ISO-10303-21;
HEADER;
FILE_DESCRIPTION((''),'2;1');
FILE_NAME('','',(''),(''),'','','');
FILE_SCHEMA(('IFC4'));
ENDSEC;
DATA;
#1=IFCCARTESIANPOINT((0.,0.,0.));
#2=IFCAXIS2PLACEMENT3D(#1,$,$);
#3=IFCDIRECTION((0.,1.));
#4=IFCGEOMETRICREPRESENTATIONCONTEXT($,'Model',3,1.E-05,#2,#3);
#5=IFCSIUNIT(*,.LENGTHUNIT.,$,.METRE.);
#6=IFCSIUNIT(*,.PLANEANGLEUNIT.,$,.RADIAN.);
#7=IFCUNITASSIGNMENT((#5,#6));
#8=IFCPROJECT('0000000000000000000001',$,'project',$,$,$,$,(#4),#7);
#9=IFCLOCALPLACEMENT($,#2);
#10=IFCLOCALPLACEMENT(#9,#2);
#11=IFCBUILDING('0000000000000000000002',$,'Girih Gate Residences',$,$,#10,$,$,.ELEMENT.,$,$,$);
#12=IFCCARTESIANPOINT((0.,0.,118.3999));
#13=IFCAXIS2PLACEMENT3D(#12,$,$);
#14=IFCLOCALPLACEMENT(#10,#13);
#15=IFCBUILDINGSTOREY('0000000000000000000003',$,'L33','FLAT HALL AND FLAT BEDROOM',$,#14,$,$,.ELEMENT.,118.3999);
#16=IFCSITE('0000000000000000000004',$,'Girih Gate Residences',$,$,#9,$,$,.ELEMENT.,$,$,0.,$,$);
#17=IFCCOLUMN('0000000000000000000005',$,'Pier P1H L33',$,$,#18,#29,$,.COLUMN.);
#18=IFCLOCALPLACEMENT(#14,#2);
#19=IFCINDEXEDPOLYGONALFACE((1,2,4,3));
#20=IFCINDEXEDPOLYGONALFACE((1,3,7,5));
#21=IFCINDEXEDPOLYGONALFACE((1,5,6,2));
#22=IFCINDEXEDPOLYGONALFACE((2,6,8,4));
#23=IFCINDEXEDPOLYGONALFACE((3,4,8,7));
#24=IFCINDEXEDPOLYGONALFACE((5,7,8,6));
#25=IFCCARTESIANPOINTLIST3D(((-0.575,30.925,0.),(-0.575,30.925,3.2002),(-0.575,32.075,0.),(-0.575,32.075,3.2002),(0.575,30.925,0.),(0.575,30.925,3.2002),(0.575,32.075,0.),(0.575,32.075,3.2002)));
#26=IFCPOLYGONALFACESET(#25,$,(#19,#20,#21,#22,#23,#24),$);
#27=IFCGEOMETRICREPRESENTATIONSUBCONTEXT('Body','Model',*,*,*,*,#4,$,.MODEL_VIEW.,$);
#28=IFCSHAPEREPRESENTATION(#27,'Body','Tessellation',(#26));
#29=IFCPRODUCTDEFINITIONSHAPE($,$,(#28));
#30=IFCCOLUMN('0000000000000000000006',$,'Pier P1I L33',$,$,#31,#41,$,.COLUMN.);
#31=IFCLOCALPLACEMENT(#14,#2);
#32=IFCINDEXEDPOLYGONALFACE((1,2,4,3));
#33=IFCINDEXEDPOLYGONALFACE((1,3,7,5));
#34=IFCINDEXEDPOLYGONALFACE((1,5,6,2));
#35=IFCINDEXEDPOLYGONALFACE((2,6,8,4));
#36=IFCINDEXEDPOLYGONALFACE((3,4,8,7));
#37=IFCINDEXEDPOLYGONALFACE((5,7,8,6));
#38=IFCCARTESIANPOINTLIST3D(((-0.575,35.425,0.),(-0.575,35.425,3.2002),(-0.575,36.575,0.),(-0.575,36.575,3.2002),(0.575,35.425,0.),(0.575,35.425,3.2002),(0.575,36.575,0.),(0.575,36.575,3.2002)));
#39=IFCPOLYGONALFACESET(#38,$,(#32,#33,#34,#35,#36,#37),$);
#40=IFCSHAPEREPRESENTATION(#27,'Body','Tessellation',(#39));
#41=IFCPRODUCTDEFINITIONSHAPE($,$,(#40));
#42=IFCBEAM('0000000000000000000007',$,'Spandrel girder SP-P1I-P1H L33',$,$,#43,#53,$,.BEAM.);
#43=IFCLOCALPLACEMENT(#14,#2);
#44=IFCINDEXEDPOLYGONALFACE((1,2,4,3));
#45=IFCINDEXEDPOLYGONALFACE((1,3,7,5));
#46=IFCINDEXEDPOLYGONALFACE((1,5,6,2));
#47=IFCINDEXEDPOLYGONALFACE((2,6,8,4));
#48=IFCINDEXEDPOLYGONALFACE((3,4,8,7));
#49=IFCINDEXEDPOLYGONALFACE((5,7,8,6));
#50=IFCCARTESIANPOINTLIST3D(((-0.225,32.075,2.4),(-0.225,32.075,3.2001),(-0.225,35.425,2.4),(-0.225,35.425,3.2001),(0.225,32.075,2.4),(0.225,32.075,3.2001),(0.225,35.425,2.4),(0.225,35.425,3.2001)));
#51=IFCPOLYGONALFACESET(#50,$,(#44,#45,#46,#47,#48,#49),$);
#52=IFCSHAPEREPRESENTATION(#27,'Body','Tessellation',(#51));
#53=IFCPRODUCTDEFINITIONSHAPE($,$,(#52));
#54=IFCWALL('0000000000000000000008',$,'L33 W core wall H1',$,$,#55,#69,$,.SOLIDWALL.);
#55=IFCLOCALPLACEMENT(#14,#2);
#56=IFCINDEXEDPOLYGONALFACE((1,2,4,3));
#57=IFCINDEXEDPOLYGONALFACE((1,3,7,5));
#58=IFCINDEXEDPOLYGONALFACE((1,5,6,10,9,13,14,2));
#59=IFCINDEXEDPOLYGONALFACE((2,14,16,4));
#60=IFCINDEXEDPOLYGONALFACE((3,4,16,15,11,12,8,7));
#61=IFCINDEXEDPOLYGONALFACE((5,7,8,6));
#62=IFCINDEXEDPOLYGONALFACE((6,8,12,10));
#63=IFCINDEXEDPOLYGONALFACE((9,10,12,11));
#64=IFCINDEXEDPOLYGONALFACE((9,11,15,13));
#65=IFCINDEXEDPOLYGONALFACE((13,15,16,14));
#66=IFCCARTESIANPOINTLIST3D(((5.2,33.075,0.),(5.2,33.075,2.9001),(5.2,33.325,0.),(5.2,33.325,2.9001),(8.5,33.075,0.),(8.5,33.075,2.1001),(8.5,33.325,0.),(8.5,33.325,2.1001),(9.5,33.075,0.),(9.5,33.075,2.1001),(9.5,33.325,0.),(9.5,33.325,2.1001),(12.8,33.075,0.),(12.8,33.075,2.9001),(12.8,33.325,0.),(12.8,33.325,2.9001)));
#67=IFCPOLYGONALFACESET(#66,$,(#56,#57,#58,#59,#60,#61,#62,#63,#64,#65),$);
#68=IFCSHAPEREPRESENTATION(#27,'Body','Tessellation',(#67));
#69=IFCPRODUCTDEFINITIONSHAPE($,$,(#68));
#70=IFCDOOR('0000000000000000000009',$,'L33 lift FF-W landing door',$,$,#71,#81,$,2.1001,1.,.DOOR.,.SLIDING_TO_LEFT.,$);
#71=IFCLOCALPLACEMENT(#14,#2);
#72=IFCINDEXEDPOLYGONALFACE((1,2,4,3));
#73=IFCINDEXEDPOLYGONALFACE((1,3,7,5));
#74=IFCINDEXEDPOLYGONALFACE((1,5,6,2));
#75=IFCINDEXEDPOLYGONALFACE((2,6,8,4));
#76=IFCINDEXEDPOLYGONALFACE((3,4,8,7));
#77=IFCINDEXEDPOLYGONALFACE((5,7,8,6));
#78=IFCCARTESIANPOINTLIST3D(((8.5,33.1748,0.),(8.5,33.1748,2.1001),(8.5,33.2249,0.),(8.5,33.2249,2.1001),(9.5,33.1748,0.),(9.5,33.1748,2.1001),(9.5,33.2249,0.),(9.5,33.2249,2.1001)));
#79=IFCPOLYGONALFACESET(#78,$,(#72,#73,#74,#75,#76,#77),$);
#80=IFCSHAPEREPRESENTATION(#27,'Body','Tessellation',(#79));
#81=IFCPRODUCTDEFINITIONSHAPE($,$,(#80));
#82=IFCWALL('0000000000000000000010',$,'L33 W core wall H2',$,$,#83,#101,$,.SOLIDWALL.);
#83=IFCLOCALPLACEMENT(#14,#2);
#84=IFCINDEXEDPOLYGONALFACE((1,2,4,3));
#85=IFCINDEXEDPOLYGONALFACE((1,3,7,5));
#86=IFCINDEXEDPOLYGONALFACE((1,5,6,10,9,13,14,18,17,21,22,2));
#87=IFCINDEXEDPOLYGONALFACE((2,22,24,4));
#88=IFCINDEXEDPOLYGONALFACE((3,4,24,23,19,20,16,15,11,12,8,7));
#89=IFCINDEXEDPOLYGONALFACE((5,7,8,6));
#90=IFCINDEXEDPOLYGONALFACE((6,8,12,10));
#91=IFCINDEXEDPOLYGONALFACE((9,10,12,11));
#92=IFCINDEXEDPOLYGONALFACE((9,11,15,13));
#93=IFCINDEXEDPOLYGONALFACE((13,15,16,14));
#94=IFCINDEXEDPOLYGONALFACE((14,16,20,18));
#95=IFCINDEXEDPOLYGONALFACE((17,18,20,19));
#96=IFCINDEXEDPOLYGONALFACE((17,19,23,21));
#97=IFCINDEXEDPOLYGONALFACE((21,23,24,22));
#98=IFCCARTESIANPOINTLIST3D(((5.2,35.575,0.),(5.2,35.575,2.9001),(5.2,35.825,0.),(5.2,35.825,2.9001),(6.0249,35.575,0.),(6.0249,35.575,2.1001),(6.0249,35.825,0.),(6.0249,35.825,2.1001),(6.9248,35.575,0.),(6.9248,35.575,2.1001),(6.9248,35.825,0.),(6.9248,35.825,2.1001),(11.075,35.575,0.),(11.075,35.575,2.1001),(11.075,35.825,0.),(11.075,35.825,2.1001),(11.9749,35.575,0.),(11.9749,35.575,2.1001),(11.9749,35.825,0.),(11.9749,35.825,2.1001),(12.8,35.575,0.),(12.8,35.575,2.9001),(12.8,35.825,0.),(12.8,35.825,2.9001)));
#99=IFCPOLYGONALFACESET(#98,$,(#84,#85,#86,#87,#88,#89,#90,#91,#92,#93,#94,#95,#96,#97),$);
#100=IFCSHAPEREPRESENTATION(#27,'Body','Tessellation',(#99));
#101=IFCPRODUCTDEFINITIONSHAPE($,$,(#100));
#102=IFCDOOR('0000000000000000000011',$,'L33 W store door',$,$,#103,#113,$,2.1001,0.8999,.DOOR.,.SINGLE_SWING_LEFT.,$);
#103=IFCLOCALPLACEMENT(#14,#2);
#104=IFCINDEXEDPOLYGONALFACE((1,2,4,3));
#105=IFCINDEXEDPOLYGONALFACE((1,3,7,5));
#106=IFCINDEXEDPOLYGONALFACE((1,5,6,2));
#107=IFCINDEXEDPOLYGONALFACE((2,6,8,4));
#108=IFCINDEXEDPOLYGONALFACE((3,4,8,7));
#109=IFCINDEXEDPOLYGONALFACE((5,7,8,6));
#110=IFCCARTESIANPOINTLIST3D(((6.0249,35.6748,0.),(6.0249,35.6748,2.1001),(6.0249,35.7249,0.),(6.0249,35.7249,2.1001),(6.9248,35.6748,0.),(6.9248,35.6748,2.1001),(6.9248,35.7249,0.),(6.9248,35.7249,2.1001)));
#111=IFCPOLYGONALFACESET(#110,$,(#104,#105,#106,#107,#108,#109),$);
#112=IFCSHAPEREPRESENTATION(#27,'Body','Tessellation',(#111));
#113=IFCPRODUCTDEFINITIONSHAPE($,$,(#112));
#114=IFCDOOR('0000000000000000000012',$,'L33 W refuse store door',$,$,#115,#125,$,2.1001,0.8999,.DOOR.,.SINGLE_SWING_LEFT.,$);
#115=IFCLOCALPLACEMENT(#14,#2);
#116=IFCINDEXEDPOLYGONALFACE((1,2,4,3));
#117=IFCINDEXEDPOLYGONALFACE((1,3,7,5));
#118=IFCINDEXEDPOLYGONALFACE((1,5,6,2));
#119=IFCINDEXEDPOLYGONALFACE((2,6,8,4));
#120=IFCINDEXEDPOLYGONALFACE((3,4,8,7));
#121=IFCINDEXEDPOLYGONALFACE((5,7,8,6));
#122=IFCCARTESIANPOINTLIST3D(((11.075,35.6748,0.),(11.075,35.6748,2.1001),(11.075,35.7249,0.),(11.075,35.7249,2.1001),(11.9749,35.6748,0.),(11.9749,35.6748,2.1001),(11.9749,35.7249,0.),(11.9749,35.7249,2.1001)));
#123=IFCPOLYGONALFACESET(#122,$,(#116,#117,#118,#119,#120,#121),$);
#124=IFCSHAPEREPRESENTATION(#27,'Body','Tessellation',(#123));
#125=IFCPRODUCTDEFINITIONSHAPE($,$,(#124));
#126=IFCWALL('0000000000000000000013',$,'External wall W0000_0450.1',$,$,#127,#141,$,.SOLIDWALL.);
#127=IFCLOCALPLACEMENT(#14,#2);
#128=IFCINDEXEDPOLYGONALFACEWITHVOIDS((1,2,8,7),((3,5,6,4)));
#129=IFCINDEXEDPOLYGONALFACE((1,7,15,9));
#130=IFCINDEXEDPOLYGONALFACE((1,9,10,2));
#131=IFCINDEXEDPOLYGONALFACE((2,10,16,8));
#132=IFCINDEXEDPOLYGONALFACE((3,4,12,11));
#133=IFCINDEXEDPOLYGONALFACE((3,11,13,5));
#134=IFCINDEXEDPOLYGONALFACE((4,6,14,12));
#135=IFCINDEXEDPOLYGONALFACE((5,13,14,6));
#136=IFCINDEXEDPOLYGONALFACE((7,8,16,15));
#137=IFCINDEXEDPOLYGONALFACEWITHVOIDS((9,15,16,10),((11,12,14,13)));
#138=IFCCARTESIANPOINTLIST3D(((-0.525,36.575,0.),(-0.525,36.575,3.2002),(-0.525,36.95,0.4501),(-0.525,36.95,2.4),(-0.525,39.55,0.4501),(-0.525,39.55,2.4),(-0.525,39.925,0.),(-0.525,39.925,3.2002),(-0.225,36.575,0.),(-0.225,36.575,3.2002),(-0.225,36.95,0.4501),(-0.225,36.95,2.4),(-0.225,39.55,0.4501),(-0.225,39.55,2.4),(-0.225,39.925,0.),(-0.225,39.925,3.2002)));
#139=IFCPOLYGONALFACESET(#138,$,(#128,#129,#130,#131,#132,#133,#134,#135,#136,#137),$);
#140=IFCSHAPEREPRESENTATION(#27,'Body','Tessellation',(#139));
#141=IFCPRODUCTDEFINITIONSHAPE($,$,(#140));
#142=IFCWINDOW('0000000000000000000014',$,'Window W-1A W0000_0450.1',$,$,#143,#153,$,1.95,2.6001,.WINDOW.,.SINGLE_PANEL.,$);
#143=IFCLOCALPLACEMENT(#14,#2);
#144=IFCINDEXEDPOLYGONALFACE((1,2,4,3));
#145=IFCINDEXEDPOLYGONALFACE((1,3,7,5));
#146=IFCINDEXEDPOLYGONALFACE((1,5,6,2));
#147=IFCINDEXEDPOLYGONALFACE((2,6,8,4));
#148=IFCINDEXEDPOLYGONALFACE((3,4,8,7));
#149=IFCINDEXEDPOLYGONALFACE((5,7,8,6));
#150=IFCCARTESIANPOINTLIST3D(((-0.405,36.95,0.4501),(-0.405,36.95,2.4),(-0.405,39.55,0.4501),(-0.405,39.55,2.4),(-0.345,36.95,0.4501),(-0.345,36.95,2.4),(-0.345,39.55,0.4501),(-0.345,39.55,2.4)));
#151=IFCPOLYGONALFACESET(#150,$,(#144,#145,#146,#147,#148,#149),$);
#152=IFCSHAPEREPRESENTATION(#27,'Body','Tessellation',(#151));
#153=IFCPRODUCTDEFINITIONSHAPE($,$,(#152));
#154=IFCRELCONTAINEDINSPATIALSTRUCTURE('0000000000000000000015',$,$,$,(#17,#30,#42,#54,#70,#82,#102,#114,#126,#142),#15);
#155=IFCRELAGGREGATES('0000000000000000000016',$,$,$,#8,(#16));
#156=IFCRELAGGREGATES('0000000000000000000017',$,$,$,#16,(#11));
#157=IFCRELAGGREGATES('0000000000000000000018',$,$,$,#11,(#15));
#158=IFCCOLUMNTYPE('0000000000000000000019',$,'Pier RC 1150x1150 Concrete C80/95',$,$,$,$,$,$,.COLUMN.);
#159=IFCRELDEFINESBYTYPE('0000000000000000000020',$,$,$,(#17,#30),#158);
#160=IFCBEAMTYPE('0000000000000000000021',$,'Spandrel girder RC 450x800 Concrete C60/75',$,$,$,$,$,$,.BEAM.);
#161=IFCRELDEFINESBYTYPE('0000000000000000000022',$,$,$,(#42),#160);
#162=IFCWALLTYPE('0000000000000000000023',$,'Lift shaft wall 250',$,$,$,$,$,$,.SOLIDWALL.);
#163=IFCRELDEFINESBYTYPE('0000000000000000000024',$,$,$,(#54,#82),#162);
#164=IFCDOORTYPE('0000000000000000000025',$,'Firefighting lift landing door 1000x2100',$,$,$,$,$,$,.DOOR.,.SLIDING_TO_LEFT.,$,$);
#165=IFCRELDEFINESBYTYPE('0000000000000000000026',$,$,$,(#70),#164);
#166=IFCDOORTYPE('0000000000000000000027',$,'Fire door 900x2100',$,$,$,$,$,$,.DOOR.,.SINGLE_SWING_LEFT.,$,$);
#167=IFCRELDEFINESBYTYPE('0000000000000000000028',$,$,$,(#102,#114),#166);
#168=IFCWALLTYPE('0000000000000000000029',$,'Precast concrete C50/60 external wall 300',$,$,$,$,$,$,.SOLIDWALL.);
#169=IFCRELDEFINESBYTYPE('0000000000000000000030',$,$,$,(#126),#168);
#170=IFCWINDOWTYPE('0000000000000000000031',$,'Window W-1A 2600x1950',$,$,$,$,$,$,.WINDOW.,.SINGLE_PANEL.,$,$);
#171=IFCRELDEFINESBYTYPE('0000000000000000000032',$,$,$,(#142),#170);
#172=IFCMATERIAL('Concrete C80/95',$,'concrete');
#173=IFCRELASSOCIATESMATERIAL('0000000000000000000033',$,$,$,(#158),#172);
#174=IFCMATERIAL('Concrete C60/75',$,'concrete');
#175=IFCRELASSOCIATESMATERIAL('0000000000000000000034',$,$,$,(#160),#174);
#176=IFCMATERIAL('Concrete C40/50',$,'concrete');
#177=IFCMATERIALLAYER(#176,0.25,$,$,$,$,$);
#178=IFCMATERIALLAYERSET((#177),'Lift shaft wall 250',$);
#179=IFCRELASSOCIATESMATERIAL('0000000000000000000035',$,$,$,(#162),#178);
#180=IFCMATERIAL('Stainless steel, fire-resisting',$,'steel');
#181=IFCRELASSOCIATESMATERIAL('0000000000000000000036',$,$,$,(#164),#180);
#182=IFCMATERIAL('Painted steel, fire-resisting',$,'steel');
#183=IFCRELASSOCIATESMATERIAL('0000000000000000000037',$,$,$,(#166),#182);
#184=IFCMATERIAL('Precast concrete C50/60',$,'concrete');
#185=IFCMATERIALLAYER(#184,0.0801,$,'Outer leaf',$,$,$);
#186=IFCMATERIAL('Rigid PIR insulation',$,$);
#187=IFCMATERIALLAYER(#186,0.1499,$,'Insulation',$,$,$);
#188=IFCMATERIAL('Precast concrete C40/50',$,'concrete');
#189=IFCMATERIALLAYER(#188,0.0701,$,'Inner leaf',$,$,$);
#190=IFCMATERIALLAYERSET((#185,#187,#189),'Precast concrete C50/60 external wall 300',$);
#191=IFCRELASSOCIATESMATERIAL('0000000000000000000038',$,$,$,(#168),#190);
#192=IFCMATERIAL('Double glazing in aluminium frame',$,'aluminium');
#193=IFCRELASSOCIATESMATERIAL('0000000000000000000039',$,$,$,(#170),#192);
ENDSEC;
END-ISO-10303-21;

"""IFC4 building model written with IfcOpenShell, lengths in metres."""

from ifc_helpers import new_model, si_unit, direction, frame, frame_2d, origin, origin_2d, place, context, subcontext, project, spatial, rectangle, extrude, material, layer, layer_set, material_profile, profile_set, type_object, element, fill, save


model = new_model("IFC4")

# Units and contexts
model_context = context("Model", 3, precision=1e-05, world=origin(), true_north=direction((0.0, 1.0)))
body_context = subcontext(model_context, "Body", "Model", "MODEL_VIEW")
ifc_project = project(units=[si_unit("LENGTHUNIT", "METRE"), si_unit("PLANEANGLEUNIT", "RADIAN")], contexts=[model_context])

# Site, building, storey
site_placement = place(None, origin())
site = spatial("IfcSite", under=ifc_project, at=site_placement, Name="Girih Gate Residences", CompositionType="ELEMENT", RefElevation=0.0)
building_placement = place(site_placement, origin())
building = spatial("IfcBuilding", under=site, at=building_placement, Name="Girih Gate Residences", CompositionType="ELEMENT")
storey_placement = place(building_placement, frame((0.0, 0.0, 118.3999)))
storey = spatial("IfcBuildingStorey", under=building, at=storey_placement, Name="L33", Description="FLAT HALL AND FLAT BEDROOM", CompositionType="ELEMENT", Elevation=118.3999)

# Columns
ifc_material_1 = material(Name="Concrete C80/95", Category="concrete")
ifc_material_profile_1 = material_profile(ifc_material_1, rectangle(XDim=1.1499, YDim=1.1499, at=origin_2d()))
ifc_profile_set_1 = profile_set([ifc_material_profile_1], Name="Concrete C80/95")
column_type = type_object("IfcColumnType", Name="Pier RC 1150x1150 Concrete C80/95", PredefinedType="COLUMN", material=ifc_profile_set_1)
for number, where, z_axis, x_axis, name in (
    (1, (0.0, 31.5, 0.0), (0.0, 0.0, 1.0), (1.0, 0.0, 0.0), "Pier P1H L33"),
    (2, (0.0, 36.0, 0.0), (0.0, 0.0, 1.0), (1.0, 0.0, 0.0), "Pier P1I L33"),
):
    element("IfcColumn", number, at=place(storey_placement, frame(where, z_axis=z_axis, x_axis=x_axis)), inside=storey, type_object=column_type, Name=name, PredefinedType="COLUMN", context=body_context, shape_type="SweptSolid", body=[
        extrude(rectangle(XDim=1.1499, YDim=1.1499, at=origin_2d()), origin(), (0.0, 0.0, 1.0), 3.2002),
    ])

# Beam
ifc_material_2 = material(Name="Concrete C60/75", Category="concrete")
ifc_material_profile_2 = material_profile(ifc_material_2, rectangle(XDim=0.45, YDim=0.8, at=origin_2d()))
ifc_profile_set_2 = profile_set([ifc_material_profile_2], Name="Concrete C60/75")
beam_type = type_object("IfcBeamType", Name="Spandrel girder RC 450x800 Concrete C60/75", PredefinedType="BEAM", material=ifc_profile_set_2)
beam_placement = place(storey_placement, frame((0.0, 35.425, 2.8), z_axis=(0.0, -1.0, 0.0), x_axis=(1.0, 0.0, 0.0)))
element("IfcBeam", 3, at=beam_placement, inside=storey, type_object=beam_type, Name="Spandrel girder SP-P1I-P1H L33", PredefinedType="BEAM", context=body_context, shape_type="SweptSolid", body=[
    extrude(rectangle(XDim=0.45, YDim=0.8, at=origin_2d()), origin(), (0.0, 0.0, 1.0), 3.3501),
])

# Wall, opening, door
ifc_material_3 = material(Name="Concrete C40/50", Category="concrete")
ifc_layer_1 = layer(ifc_material_3, 0.25)
ifc_layer_set_1 = layer_set([ifc_layer_1], Name="Lift shaft wall 250")
wall_type_1 = type_object("IfcWallType", Name="Lift shaft wall 250", PredefinedType="SOLIDWALL", material=ifc_layer_set_1)
wall_1_placement = place(storey_placement, frame((5.2, 33.2, 0.0), z_axis=(0.0, 0.0, 1.0), x_axis=(1.0, 0.0, 0.0)))
wall_1 = element("IfcWall", 4, at=wall_1_placement, inside=storey, type_object=wall_type_1, Name="L33 W core wall H1", PredefinedType="SOLIDWALL", context=body_context, shape_type="SweptSolid", body=[
    extrude(rectangle(XDim=7.6001, YDim=0.25, at=frame_2d((3.8, 0.0))), origin(), (0.0, 0.0, 1.0), 2.9001),
])
opening_1_placement = place(wall_1_placement, frame((3.3, 0.0, 0.0)))
opening_1 = element("IfcOpeningElement", 5, at=opening_1_placement, cuts=wall_1, PredefinedType="OPENING", context=body_context, shape_type="SweptSolid", body=[
    extrude(rectangle(XDim=1.0, YDim=2.1001, at=frame_2d((0.5, 1.05))), frame((0.0, 0.135, 0.0), z_axis=(0.0, -1.0, 0.0), x_axis=(1.0, 0.0, 0.0)), (0.0, 0.0, 1.0), 0.27),
])
ifc_material_4 = material(Name="Stainless steel, fire-resisting", Category="steel")
door_type_1 = type_object("IfcDoorType", Name="Firefighting lift landing door 1000x2100", OperationType="SLIDING_TO_LEFT", PredefinedType="DOOR", material=ifc_material_4)
door_1_placement = place(opening_1_placement, origin())
door_1 = element("IfcDoor", 6, at=door_1_placement, inside=storey, type_object=door_type_1, Name="L33 lift FF-W landing door", OperationType="SLIDING_TO_LEFT", OverallHeight=2.1001, OverallWidth=1.0, PredefinedType="DOOR", context=body_context, shape_type="SweptSolid", body=[
    extrude(rectangle(XDim=1.0, YDim=2.1001, at=frame_2d((0.5, 1.05))), frame((0.0, 0.0249, 0.0), z_axis=(0.0, -1.0, 0.0), x_axis=(1.0, 0.0, 0.0)), (0.0, 0.0, 1.0), 0.05),
])
fill(opening_1, door_1)

# Wall, openings, doors
wall_2_placement = place(storey_placement, frame((5.2, 35.7, 0.0), z_axis=(0.0, 0.0, 1.0), x_axis=(1.0, 0.0, 0.0)))
wall_2 = element("IfcWall", 7, at=wall_2_placement, inside=storey, type_object=wall_type_1, Name="L33 W core wall H2", PredefinedType="SOLIDWALL", context=body_context, shape_type="SweptSolid", body=[
    extrude(rectangle(XDim=7.6001, YDim=0.25, at=frame_2d((3.8, 0.0))), origin(), (0.0, 0.0, 1.0), 2.9001),
])
opening_2_placement = place(wall_2_placement, frame((0.825, 0.0, 0.0)))
opening_2 = element("IfcOpeningElement", 8, at=opening_2_placement, cuts=wall_2, PredefinedType="OPENING", context=body_context, shape_type="SweptSolid", body=[
    extrude(rectangle(XDim=0.8999, YDim=2.1001, at=frame_2d((0.45, 1.05))), frame((0.0, 0.135, 0.0), z_axis=(0.0, -1.0, 0.0), x_axis=(1.0, 0.0, 0.0)), (0.0, 0.0, 1.0), 0.27),
])
opening_3_placement = place(wall_2_placement, frame((5.875, 0.0, 0.0)))
opening_3 = element("IfcOpeningElement", 9, at=opening_3_placement, cuts=wall_2, PredefinedType="OPENING", context=body_context, shape_type="SweptSolid", body=[
    extrude(rectangle(XDim=0.8999, YDim=2.1001, at=frame_2d((0.45, 1.05))), frame((0.0, 0.135, 0.0), z_axis=(0.0, -1.0, 0.0), x_axis=(1.0, 0.0, 0.0)), (0.0, 0.0, 1.0), 0.27),
])
ifc_material_5 = material(Name="Painted steel, fire-resisting", Category="steel")
door_type_2 = type_object("IfcDoorType", Name="Fire door 900x2100", OperationType="SINGLE_SWING_LEFT", PredefinedType="DOOR", material=ifc_material_5)
door_2_placement = place(opening_2_placement, origin())
door_2 = element("IfcDoor", 10, at=door_2_placement, inside=storey, type_object=door_type_2, Name="L33 W store door", OperationType="SINGLE_SWING_LEFT", OverallHeight=2.1001, OverallWidth=0.8999, PredefinedType="DOOR", context=body_context, shape_type="SweptSolid", body=[
    extrude(rectangle(XDim=0.8999, YDim=2.1001, at=frame_2d((0.45, 1.05))), frame((0.0, 0.0249, 0.0), z_axis=(0.0, -1.0, 0.0), x_axis=(1.0, 0.0, 0.0)), (0.0, 0.0, 1.0), 0.05),
])
fill(opening_2, door_2)
door_3_placement = place(opening_3_placement, origin())
door_3 = element("IfcDoor", 11, at=door_3_placement, inside=storey, type_object=door_type_2, Name="L33 W refuse store door", OperationType="SINGLE_SWING_LEFT", OverallHeight=2.1001, OverallWidth=0.8999, PredefinedType="DOOR", context=body_context, shape_type="SweptSolid", body=[
    extrude(rectangle(XDim=0.8999, YDim=2.1001, at=frame_2d((0.45, 1.05))), frame((0.0, 0.0249, 0.0), z_axis=(0.0, -1.0, 0.0), x_axis=(1.0, 0.0, 0.0)), (0.0, 0.0, 1.0), 0.05),
])
fill(opening_3, door_3)

# Wall, opening, window
ifc_material_6 = material(Name="Precast concrete C50/60", Category="concrete")
ifc_layer_2 = layer(ifc_material_6, 0.0801, Name="Outer leaf")
ifc_material_7 = material(Name="Rigid PIR insulation")
ifc_layer_3 = layer(ifc_material_7, 0.1499, Name="Insulation")
ifc_material_8 = material(Name="Precast concrete C40/50", Category="concrete")
ifc_layer_4 = layer(ifc_material_8, 0.0701, Name="Inner leaf")
ifc_layer_set_2 = layer_set([ifc_layer_2, ifc_layer_3, ifc_layer_4], Name="Precast concrete C50/60 external wall 300")
wall_type_2 = type_object("IfcWallType", Name="Precast concrete C50/60 external wall 300", PredefinedType="SOLIDWALL", material=ifc_layer_set_2)
wall_3_placement = place(storey_placement, frame((-0.375, 36.575, 0.0), z_axis=(0.0, 0.0, 1.0), x_axis=(0.0, 1.0, 0.0)))
wall_3 = element("IfcWall", 12, at=wall_3_placement, inside=storey, type_object=wall_type_2, Name="External wall W0000_0450.1", PredefinedType="SOLIDWALL", context=body_context, shape_type="SweptSolid", body=[
    extrude(rectangle(XDim=3.3501, YDim=0.3, at=frame_2d((1.675, 0.0))), origin(), (0.0, 0.0, 1.0), 3.2002),
])
opening_4_placement = place(wall_3_placement, frame((0.375, 0.0, 0.45)))
opening_4 = element("IfcOpeningElement", 13, at=opening_4_placement, cuts=wall_3, PredefinedType="OPENING", context=body_context, shape_type="SweptSolid", body=[
    extrude(rectangle(XDim=2.6001, YDim=1.95, at=frame_2d((1.3, 0.9751))), frame((0.0, 0.1599, 0.0), z_axis=(0.0, -1.0, 0.0), x_axis=(1.0, 0.0, 0.0)), (0.0, 0.0, 1.0), 0.3201),
])
ifc_material_9 = material(Name="Double glazing in aluminium frame", Category="aluminium")
window_type = type_object("IfcWindowType", Name="Window W-1A 2600x1950", PartitioningType="SINGLE_PANEL", PredefinedType="WINDOW", material=ifc_material_9)
window_1_placement = place(opening_4_placement, origin())
window_1 = element("IfcWindow", 14, at=window_1_placement, inside=storey, type_object=window_type, Name="Window W-1A W0000_0450.1", OverallHeight=1.95, OverallWidth=2.6001, PartitioningType="SINGLE_PANEL", PredefinedType="WINDOW", context=body_context, shape_type="SweptSolid", body=[
    extrude(rectangle(XDim=2.6001, YDim=1.95, at=frame_2d((1.3, 0.9751))), frame((0.0, 0.03, 0.0), z_axis=(0.0, -1.0, 0.0), x_axis=(1.0, 0.0, 0.0)), (0.0, 0.0, 1.0), 0.0601),
])
fill(opening_4, window_1)

save(model, "model.ifc")
